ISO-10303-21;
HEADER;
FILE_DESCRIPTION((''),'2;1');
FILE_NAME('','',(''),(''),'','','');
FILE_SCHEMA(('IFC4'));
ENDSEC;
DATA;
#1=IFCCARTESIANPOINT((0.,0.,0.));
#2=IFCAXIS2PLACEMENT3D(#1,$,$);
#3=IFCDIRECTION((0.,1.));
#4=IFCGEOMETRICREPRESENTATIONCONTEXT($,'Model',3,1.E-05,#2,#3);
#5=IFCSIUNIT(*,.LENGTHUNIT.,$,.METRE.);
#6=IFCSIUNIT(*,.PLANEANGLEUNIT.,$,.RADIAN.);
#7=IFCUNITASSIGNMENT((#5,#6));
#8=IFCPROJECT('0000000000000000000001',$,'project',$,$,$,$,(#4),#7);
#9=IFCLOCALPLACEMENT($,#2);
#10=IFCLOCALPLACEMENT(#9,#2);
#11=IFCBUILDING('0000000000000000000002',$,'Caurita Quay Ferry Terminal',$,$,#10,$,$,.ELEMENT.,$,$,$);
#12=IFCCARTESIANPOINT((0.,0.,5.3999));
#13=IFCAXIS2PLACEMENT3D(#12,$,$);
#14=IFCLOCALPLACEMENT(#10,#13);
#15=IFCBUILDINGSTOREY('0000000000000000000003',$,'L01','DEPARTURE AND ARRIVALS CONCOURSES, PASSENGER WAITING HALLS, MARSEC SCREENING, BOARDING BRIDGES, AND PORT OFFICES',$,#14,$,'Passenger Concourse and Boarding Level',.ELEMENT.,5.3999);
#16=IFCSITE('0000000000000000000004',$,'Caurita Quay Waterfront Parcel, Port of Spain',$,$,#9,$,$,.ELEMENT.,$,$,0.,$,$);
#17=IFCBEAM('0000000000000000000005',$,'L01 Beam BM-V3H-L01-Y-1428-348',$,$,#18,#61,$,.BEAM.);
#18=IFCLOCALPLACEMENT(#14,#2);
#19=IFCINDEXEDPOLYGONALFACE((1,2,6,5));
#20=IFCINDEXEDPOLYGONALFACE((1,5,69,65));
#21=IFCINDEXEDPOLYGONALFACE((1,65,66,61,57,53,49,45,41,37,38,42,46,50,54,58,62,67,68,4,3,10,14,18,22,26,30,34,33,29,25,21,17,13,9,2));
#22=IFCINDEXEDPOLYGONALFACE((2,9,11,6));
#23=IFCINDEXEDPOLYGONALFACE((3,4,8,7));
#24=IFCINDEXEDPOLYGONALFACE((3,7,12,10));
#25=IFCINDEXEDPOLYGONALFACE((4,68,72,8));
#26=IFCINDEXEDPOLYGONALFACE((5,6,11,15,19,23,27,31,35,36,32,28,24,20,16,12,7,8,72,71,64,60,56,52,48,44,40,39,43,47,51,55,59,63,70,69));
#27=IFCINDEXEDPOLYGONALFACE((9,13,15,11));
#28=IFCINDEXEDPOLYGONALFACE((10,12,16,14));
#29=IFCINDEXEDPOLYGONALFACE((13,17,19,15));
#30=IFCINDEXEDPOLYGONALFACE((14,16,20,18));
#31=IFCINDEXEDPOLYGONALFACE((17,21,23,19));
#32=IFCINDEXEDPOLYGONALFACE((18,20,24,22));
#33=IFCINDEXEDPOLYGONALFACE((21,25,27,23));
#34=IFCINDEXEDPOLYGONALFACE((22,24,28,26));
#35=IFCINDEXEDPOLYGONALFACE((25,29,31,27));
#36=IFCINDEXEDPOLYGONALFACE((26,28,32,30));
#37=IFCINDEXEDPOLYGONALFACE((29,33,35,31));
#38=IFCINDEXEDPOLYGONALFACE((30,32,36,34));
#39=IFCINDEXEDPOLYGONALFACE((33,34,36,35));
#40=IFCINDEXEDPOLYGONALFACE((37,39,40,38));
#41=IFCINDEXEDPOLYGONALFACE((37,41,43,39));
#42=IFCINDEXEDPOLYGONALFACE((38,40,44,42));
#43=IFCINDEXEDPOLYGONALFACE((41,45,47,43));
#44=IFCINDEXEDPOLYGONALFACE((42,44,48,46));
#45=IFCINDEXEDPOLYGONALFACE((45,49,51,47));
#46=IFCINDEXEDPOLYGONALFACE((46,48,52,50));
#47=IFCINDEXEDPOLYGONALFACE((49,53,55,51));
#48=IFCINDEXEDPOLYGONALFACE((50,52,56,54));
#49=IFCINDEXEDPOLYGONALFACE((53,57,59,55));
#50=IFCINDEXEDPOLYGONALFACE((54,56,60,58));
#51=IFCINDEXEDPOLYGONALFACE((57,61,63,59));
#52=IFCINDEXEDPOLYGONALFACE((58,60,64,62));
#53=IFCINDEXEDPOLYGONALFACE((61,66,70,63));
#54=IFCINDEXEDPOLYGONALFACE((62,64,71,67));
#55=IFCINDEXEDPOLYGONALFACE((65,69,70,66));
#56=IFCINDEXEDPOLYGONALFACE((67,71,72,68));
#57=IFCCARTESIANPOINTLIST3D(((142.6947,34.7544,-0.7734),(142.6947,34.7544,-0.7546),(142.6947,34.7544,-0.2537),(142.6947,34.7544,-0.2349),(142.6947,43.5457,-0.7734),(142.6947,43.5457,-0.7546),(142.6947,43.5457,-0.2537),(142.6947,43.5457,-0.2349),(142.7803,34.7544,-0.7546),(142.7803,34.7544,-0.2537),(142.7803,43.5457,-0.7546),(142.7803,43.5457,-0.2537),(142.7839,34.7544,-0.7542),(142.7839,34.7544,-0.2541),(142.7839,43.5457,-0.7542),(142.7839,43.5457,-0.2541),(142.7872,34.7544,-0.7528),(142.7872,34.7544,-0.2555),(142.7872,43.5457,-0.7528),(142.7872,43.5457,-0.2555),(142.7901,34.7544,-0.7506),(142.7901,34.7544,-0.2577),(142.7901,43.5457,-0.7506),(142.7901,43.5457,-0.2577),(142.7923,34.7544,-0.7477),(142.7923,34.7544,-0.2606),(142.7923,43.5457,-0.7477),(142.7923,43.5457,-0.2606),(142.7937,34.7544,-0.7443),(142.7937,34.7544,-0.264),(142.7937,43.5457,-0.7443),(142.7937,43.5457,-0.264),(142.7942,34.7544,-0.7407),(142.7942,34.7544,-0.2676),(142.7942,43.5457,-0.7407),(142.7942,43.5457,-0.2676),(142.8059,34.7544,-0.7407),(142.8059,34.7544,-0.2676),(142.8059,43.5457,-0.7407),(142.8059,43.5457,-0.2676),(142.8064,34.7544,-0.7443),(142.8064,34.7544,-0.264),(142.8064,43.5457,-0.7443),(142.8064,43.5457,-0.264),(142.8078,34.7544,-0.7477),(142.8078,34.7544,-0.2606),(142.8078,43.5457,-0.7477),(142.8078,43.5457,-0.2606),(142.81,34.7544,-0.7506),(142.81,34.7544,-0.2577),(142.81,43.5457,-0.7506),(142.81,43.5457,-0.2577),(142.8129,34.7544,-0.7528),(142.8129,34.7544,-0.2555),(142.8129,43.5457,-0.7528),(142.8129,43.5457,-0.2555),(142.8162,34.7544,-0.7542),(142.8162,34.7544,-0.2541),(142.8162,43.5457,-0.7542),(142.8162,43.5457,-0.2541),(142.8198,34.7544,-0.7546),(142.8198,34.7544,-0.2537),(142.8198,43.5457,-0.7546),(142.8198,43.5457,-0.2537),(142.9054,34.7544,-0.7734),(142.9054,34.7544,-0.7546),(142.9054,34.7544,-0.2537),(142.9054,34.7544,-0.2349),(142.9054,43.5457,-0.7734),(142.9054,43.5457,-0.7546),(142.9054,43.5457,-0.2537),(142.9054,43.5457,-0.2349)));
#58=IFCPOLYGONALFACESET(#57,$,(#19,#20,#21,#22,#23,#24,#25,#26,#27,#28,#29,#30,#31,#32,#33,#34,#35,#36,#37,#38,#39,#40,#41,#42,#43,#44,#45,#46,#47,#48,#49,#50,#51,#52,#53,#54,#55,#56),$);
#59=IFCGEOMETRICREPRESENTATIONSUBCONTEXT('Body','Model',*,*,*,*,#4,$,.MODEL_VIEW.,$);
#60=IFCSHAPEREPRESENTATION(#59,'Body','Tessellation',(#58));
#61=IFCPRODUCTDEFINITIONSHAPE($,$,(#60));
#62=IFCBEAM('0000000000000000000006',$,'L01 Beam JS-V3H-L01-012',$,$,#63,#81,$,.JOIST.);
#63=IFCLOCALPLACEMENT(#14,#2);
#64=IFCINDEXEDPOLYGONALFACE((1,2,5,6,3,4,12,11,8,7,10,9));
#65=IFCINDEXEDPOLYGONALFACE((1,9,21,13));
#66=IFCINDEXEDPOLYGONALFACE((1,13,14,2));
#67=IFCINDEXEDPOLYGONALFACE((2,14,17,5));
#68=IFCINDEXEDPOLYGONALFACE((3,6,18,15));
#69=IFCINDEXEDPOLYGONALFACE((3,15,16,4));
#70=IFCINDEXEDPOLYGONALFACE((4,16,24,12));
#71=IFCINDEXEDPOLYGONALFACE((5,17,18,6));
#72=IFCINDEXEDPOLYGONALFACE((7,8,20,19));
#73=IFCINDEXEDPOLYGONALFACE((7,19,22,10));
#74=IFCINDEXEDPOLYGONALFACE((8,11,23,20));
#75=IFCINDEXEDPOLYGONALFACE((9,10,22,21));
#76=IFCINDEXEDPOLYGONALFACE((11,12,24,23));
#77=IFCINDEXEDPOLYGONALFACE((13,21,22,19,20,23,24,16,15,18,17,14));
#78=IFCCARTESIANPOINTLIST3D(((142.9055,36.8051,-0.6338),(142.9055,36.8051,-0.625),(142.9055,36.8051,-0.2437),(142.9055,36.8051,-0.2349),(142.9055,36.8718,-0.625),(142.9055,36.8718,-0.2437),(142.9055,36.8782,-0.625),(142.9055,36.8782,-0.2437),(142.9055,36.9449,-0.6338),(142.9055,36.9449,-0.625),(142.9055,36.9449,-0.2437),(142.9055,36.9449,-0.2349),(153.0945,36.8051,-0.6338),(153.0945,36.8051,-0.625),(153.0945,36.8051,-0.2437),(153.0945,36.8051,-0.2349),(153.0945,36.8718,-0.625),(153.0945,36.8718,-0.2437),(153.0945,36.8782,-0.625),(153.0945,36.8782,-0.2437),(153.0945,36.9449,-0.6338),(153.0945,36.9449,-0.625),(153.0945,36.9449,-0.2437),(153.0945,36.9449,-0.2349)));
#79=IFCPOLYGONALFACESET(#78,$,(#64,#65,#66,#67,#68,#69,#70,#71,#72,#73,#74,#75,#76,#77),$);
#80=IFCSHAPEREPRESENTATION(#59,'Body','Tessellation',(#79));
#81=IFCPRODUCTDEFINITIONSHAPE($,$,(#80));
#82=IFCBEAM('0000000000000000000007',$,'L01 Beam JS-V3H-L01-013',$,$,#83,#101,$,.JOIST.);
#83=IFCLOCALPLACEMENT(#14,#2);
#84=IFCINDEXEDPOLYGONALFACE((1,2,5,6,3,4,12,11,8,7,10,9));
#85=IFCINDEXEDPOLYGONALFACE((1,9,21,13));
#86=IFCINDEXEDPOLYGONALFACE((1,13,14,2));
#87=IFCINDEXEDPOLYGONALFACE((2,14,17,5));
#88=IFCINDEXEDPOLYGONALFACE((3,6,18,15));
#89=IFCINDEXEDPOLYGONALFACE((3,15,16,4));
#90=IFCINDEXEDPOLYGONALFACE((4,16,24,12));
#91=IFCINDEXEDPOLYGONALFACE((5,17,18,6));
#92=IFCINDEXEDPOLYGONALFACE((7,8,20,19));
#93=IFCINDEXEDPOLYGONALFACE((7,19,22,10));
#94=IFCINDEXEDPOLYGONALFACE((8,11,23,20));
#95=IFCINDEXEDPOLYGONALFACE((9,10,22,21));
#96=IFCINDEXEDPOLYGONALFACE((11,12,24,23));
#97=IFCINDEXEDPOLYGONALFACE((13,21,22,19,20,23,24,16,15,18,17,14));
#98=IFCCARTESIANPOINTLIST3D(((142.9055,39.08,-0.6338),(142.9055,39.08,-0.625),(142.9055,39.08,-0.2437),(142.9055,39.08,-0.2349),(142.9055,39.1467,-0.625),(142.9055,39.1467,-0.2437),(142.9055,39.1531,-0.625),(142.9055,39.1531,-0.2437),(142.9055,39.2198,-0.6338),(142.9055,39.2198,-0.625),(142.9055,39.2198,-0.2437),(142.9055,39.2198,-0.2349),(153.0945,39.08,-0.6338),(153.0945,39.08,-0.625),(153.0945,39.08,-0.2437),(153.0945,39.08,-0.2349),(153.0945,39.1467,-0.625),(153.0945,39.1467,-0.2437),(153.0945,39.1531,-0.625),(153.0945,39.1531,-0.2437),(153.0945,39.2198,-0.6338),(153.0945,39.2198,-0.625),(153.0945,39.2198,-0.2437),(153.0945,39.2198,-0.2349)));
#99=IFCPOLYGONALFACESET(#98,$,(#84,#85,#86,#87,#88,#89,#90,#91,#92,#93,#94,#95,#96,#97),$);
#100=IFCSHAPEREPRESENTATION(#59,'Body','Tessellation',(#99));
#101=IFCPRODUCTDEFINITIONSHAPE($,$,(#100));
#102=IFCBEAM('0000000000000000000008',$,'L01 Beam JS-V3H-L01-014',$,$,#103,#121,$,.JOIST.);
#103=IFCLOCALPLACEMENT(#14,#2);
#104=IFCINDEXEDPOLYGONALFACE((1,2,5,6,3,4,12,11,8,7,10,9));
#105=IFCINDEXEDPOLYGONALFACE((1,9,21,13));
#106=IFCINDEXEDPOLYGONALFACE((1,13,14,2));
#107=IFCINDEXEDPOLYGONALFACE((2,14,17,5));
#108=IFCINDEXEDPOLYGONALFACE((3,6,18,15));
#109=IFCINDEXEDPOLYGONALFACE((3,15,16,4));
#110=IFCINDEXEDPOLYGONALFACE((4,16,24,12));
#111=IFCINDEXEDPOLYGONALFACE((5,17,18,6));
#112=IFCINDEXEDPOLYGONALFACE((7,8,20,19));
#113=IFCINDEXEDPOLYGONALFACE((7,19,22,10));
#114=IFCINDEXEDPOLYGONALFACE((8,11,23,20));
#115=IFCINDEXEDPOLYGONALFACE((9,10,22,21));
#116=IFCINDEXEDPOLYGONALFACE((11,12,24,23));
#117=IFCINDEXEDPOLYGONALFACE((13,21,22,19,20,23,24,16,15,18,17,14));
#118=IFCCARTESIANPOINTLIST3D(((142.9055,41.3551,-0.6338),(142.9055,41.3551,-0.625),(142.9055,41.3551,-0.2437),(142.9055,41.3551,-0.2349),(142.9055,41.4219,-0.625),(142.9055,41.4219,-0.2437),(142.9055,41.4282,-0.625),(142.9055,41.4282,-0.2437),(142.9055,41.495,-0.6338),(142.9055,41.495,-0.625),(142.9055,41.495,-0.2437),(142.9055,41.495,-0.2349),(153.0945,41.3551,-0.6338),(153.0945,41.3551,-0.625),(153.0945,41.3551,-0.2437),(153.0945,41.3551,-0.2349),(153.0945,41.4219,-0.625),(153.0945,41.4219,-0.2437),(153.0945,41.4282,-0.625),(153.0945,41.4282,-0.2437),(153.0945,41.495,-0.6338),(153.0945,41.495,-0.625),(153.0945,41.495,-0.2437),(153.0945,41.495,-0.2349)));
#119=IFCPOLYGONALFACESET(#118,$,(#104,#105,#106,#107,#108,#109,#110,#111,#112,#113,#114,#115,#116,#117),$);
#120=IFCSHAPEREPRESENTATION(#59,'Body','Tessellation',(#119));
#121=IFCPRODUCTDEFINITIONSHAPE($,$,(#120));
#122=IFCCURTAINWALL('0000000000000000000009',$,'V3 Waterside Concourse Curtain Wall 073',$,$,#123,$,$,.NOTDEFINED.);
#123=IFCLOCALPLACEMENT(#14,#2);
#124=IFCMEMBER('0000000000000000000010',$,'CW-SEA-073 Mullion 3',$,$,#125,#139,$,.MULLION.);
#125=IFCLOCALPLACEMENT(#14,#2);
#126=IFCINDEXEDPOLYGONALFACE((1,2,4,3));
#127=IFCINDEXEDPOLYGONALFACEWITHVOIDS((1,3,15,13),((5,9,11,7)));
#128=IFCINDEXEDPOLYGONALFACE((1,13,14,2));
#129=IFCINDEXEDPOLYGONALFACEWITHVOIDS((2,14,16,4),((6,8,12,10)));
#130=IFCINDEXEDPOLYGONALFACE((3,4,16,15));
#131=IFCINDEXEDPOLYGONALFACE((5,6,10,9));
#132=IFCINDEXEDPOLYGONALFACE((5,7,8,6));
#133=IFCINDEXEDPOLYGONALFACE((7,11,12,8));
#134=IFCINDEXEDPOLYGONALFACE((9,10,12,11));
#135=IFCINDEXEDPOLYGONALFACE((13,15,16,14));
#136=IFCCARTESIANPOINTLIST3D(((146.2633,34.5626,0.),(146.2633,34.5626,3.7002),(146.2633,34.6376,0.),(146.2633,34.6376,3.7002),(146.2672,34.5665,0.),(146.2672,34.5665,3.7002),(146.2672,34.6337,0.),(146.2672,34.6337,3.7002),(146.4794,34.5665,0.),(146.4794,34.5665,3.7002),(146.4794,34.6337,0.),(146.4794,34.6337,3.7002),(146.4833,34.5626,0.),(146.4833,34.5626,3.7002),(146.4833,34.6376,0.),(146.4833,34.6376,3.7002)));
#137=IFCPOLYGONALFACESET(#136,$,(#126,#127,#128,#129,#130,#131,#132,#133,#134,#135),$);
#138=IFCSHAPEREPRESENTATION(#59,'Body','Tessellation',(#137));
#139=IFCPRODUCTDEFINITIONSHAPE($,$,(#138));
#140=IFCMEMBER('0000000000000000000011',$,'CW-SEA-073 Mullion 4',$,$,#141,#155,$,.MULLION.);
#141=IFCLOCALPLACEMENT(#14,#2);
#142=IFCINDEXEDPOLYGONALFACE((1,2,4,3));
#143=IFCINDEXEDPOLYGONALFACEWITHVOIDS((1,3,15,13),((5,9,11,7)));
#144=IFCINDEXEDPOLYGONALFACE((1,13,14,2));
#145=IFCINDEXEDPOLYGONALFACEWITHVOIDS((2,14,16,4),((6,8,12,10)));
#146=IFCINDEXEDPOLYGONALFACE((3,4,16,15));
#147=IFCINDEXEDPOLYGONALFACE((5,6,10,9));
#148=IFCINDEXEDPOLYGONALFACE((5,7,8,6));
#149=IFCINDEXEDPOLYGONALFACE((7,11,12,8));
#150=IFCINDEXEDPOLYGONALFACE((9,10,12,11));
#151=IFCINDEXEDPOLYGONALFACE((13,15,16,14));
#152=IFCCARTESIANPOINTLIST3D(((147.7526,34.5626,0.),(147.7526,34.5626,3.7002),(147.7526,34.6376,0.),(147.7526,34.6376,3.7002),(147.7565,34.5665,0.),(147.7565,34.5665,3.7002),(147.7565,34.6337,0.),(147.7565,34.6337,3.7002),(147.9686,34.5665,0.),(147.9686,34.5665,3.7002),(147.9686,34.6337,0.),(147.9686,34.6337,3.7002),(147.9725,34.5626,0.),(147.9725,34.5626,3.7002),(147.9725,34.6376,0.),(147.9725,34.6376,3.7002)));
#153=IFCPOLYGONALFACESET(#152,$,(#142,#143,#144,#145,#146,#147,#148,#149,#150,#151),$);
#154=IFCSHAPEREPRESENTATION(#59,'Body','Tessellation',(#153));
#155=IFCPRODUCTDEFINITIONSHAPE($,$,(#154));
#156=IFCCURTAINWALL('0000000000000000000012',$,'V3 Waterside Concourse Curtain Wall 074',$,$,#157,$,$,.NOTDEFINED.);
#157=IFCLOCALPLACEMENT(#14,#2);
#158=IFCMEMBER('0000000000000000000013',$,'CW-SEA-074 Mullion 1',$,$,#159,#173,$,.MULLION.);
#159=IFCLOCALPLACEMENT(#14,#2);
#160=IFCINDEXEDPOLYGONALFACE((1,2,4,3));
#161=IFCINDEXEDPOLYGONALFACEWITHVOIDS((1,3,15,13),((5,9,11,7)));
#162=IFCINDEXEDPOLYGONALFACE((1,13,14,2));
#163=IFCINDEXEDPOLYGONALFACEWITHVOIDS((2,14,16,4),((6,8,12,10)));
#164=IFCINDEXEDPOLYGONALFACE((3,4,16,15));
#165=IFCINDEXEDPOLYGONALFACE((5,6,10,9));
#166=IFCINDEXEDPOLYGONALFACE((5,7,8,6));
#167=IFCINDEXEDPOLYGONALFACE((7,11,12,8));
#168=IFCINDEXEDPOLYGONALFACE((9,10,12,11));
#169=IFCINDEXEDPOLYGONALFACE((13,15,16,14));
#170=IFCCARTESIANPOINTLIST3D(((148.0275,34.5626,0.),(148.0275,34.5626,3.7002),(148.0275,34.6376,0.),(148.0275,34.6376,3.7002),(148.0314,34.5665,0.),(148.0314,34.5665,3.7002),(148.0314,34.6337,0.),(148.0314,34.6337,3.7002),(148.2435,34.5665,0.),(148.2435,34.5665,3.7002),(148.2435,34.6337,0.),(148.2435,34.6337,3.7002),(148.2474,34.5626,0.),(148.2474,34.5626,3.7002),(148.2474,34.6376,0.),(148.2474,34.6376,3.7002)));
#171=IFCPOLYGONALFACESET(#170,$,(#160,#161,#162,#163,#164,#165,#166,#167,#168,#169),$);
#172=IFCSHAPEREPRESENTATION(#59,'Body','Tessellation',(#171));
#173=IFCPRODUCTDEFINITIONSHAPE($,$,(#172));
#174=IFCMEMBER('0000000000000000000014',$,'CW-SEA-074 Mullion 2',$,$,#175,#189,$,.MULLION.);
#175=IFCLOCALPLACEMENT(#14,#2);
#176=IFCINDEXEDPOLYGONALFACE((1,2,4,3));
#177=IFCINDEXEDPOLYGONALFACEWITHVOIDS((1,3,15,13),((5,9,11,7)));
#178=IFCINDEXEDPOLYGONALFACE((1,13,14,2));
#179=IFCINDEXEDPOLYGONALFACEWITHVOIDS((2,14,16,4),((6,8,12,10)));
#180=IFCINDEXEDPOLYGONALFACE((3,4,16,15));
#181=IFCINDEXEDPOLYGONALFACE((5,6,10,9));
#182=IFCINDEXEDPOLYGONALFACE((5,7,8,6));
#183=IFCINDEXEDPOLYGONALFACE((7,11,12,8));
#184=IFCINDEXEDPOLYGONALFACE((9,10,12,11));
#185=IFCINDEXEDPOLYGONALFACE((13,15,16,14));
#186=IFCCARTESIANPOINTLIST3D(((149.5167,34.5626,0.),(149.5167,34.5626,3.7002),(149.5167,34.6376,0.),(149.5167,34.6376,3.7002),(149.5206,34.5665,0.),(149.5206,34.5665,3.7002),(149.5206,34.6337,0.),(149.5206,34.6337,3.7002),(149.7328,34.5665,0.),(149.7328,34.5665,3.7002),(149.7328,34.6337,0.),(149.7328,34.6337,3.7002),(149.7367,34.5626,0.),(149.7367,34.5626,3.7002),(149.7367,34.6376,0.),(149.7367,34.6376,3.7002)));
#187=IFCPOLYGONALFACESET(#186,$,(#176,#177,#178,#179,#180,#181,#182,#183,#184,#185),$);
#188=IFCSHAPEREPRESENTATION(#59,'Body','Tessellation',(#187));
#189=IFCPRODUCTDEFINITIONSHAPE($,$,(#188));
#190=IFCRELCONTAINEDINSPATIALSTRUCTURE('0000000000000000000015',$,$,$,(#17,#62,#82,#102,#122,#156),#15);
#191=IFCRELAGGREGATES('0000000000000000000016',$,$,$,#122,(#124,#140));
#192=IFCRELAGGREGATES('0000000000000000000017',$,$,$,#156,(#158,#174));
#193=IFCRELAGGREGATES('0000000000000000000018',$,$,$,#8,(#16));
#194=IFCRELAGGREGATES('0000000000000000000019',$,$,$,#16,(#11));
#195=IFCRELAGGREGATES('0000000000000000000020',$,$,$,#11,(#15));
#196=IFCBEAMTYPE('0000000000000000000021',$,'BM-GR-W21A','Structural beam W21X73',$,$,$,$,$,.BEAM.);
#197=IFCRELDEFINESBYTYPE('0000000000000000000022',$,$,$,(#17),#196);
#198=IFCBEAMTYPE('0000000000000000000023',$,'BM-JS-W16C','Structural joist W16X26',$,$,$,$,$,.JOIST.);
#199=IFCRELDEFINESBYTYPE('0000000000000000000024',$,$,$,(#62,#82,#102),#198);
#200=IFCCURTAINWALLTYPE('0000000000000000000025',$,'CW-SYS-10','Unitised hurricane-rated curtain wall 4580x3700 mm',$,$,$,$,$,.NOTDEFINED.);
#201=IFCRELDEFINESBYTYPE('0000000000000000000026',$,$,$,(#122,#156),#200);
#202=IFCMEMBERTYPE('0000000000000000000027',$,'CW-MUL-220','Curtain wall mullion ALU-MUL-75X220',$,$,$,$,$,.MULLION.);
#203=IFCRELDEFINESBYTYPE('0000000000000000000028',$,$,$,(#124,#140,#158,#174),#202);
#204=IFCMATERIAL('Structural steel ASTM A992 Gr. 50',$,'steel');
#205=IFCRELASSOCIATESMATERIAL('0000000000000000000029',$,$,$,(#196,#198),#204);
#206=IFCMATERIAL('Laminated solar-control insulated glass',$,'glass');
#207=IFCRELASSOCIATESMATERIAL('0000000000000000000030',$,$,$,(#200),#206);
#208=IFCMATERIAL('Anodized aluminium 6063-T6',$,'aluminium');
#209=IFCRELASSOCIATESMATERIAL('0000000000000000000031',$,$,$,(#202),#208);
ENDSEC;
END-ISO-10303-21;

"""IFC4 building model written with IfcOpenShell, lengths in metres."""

from ifc_helpers import new_model, si_unit, direction, frame, origin, origin_2d, place, context, subcontext, project, spatial, hollow_rectangle, i_section, extrude, material, material_profile, profile_set, type_object, element, aggregate, save


model = new_model("IFC4")

# Units and contexts
model_context = context("Model", 3, precision=1e-05, world=origin(), true_north=direction((0.0, 1.0)))
body_context = subcontext(model_context, "Body", "Model", "MODEL_VIEW")
ifc_project = project(units=[si_unit("LENGTHUNIT", "METRE"), si_unit("PLANEANGLEUNIT", "RADIAN")], contexts=[model_context])

# Site, building, storey
site_placement = place(None, origin())
site = spatial("IfcSite", under=ifc_project, at=site_placement, Name="Caurita Quay Waterfront Parcel, Port of Spain", CompositionType="ELEMENT", RefElevation=0.0)
building_placement = place(site_placement, origin())
building = spatial("IfcBuilding", under=site, at=building_placement, Name="Caurita Quay Ferry Terminal", CompositionType="ELEMENT")
storey_placement = place(building_placement, frame((0.0, 0.0, 5.3999)))
storey = spatial("IfcBuildingStorey", under=building, at=storey_placement, Name="L01", Description="DEPARTURE AND ARRIVALS CONCOURSES, PASSENGER WAITING HALLS, MARSEC SCREENING, BOARDING BRIDGES, AND PORT OFFICES", LongName="Passenger Concourse and Boarding Level", CompositionType="ELEMENT", Elevation=5.3999)

# Beams
ifc_material_1 = material(Name="Structural steel ASTM A992 Gr. 50", Category="steel")
ifc_material_profile_1 = material_profile(ifc_material_1, i_section(OverallWidth=0.2107, OverallDepth=0.5386, WebThickness=0.0117, FlangeThickness=0.0188, FilletRadius=0.0139, at=origin_2d()), Name="W21X73")
ifc_profile_set_1 = profile_set([ifc_material_profile_1], Name="Structural steel ASTM A992 Gr. 50")
beam_type_1 = type_object("IfcBeamType", Name="BM-GR-W21A", Description="Structural beam W21X73", PredefinedType="BEAM", material=ifc_profile_set_1)
beam_placement = place(storey_placement, frame((142.8, 34.7544, -0.5042), z_axis=(0.0, 1.0, 0.0), x_axis=(-1.0, 0.0, 0.0)))
element("IfcBeam", 1, at=beam_placement, inside=storey, type_object=beam_type_1, Name="L01 Beam BM-V3H-L01-Y-1428-348", PredefinedType="BEAM", context=body_context, shape_type="SweptSolid", body=[
    extrude(i_section(OverallWidth=0.2107, OverallDepth=0.5386, WebThickness=0.0117, FlangeThickness=0.0188, FilletRadius=0.0139, at=origin_2d()), origin(), (0.0, 0.0, 1.0), 8.7913),
])
ifc_material_profile_2 = material_profile(ifc_material_1, i_section(OverallWidth=0.1399, OverallDepth=0.3989, WebThickness=0.0063, FlangeThickness=0.0088, at=origin_2d()), Name="W16X26")
ifc_profile_set_2 = profile_set([ifc_material_profile_2], Name="Structural steel ASTM A992 Gr. 50")
beam_type_2 = type_object("IfcBeamType", Name="BM-JS-W16C", Description="Structural joist W16X26", PredefinedType="JOIST", material=ifc_profile_set_2)
for number, where, z_axis, x_axis, name in (
    (2, (142.9055, 36.875, -0.4343), (1.0, 0.0, 0.0), (0.0, 1.0, 0.0), "L01 Beam JS-V3H-L01-012"),
    (3, (142.9055, 39.1499, -0.4343), (1.0, 0.0, 0.0), (0.0, 1.0, 0.0), "L01 Beam JS-V3H-L01-013"),
    (4, (142.9055, 41.425, -0.4343), (1.0, 0.0, 0.0), (0.0, 1.0, 0.0), "L01 Beam JS-V3H-L01-014"),
):
    element("IfcBeam", number, at=place(storey_placement, frame(where, z_axis=z_axis, x_axis=x_axis)), inside=storey, type_object=beam_type_2, Name=name, PredefinedType="JOIST", context=body_context, shape_type="SweptSolid", body=[
        extrude(i_section(OverallWidth=0.1399, OverallDepth=0.3989, WebThickness=0.0063, FlangeThickness=0.0088, at=origin_2d()), origin(), (0.0, 0.0, 1.0), 10.189),
    ])

# Curtain walls, members
ifc_material_2 = material(Name="Laminated solar-control insulated glass", Category="glass")
curtain_wall_type = type_object("IfcCurtainWallType", Name="CW-SYS-10", Description="Unitised hurricane-rated curtain wall 4580x3700 mm", PredefinedType="NOTDEFINED", material=ifc_material_2)
curtain_wall_1_placement = place(storey_placement, origin())
curtain_wall_1 = element("IfcCurtainWall", 5, at=curtain_wall_1_placement, inside=storey, type_object=curtain_wall_type, Name="V3 Waterside Concourse Curtain Wall 073", PredefinedType="NOTDEFINED")
ifc_material_3 = material(Name="Anodized aluminium 6063-T6", Category="aluminium")
ifc_material_profile_3 = material_profile(ifc_material_3, hollow_rectangle(XDim=0.075, YDim=0.22, WallThickness=0.0039, at=origin_2d()), Name="ALU-MUL-75X220")
ifc_profile_set_3 = profile_set([ifc_material_profile_3], Name="Anodized aluminium 6063-T6")
member_type_1 = type_object("IfcMemberType", Name="CW-MUL-220", Description="Curtain wall mullion ALU-MUL-75X220", PredefinedType="MULLION", material=ifc_profile_set_3)
member_1_placement = place(storey_placement, frame((146.3733, 34.6001, 0.0), z_axis=(0.0, 0.0, 1.0), x_axis=(0.0, 1.0, 0.0)))
member_1 = element("IfcMember", 6, at=member_1_placement, type_object=member_type_1, Name="CW-SEA-073 Mullion 3", PredefinedType="MULLION", context=body_context, shape_type="SweptSolid", body=[
    extrude(hollow_rectangle(XDim=0.075, YDim=0.22, WallThickness=0.0039, at=origin_2d()), origin(), (0.0, 0.0, 1.0), 3.7002),
])
member_2_placement = place(storey_placement, frame((147.8625, 34.6001, 0.0), z_axis=(0.0, 0.0, 1.0), x_axis=(0.0, 1.0, 0.0)))
member_2 = element("IfcMember", 7, at=member_2_placement, type_object=member_type_1, Name="CW-SEA-073 Mullion 4", PredefinedType="MULLION", context=body_context, shape_type="SweptSolid", body=[
    extrude(hollow_rectangle(XDim=0.075, YDim=0.22, WallThickness=0.0039, at=origin_2d()), origin(), (0.0, 0.0, 1.0), 3.7002),
])
curtain_wall_2_placement = place(storey_placement, origin())
curtain_wall_2 = element("IfcCurtainWall", 8, at=curtain_wall_2_placement, inside=storey, type_object=curtain_wall_type, Name="V3 Waterside Concourse Curtain Wall 074", PredefinedType="NOTDEFINED")
member_3_placement = place(storey_placement, frame((148.1375, 34.6001, 0.0), z_axis=(0.0, 0.0, 1.0), x_axis=(0.0, 1.0, 0.0)))
member_3 = element("IfcMember", 9, at=member_3_placement, type_object=member_type_1, Name="CW-SEA-074 Mullion 1", PredefinedType="MULLION", context=body_context, shape_type="SweptSolid", body=[
    extrude(hollow_rectangle(XDim=0.075, YDim=0.22, WallThickness=0.0039, at=origin_2d()), origin(), (0.0, 0.0, 1.0), 3.7002),
])
member_4_placement = place(storey_placement, frame((149.6267, 34.6001, 0.0), z_axis=(0.0, 0.0, 1.0), x_axis=(0.0, 1.0, 0.0)))
member_4 = element("IfcMember", 10, at=member_4_placement, type_object=member_type_1, Name="CW-SEA-074 Mullion 2", PredefinedType="MULLION", context=body_context, shape_type="SweptSolid", body=[
    extrude(hollow_rectangle(XDim=0.075, YDim=0.22, WallThickness=0.0039, at=origin_2d()), origin(), (0.0, 0.0, 1.0), 3.7002),
])

aggregate(curtain_wall_1, [member_1, member_2])
aggregate(curtain_wall_2, [member_3, member_4])

save(model, "model.ifc")
